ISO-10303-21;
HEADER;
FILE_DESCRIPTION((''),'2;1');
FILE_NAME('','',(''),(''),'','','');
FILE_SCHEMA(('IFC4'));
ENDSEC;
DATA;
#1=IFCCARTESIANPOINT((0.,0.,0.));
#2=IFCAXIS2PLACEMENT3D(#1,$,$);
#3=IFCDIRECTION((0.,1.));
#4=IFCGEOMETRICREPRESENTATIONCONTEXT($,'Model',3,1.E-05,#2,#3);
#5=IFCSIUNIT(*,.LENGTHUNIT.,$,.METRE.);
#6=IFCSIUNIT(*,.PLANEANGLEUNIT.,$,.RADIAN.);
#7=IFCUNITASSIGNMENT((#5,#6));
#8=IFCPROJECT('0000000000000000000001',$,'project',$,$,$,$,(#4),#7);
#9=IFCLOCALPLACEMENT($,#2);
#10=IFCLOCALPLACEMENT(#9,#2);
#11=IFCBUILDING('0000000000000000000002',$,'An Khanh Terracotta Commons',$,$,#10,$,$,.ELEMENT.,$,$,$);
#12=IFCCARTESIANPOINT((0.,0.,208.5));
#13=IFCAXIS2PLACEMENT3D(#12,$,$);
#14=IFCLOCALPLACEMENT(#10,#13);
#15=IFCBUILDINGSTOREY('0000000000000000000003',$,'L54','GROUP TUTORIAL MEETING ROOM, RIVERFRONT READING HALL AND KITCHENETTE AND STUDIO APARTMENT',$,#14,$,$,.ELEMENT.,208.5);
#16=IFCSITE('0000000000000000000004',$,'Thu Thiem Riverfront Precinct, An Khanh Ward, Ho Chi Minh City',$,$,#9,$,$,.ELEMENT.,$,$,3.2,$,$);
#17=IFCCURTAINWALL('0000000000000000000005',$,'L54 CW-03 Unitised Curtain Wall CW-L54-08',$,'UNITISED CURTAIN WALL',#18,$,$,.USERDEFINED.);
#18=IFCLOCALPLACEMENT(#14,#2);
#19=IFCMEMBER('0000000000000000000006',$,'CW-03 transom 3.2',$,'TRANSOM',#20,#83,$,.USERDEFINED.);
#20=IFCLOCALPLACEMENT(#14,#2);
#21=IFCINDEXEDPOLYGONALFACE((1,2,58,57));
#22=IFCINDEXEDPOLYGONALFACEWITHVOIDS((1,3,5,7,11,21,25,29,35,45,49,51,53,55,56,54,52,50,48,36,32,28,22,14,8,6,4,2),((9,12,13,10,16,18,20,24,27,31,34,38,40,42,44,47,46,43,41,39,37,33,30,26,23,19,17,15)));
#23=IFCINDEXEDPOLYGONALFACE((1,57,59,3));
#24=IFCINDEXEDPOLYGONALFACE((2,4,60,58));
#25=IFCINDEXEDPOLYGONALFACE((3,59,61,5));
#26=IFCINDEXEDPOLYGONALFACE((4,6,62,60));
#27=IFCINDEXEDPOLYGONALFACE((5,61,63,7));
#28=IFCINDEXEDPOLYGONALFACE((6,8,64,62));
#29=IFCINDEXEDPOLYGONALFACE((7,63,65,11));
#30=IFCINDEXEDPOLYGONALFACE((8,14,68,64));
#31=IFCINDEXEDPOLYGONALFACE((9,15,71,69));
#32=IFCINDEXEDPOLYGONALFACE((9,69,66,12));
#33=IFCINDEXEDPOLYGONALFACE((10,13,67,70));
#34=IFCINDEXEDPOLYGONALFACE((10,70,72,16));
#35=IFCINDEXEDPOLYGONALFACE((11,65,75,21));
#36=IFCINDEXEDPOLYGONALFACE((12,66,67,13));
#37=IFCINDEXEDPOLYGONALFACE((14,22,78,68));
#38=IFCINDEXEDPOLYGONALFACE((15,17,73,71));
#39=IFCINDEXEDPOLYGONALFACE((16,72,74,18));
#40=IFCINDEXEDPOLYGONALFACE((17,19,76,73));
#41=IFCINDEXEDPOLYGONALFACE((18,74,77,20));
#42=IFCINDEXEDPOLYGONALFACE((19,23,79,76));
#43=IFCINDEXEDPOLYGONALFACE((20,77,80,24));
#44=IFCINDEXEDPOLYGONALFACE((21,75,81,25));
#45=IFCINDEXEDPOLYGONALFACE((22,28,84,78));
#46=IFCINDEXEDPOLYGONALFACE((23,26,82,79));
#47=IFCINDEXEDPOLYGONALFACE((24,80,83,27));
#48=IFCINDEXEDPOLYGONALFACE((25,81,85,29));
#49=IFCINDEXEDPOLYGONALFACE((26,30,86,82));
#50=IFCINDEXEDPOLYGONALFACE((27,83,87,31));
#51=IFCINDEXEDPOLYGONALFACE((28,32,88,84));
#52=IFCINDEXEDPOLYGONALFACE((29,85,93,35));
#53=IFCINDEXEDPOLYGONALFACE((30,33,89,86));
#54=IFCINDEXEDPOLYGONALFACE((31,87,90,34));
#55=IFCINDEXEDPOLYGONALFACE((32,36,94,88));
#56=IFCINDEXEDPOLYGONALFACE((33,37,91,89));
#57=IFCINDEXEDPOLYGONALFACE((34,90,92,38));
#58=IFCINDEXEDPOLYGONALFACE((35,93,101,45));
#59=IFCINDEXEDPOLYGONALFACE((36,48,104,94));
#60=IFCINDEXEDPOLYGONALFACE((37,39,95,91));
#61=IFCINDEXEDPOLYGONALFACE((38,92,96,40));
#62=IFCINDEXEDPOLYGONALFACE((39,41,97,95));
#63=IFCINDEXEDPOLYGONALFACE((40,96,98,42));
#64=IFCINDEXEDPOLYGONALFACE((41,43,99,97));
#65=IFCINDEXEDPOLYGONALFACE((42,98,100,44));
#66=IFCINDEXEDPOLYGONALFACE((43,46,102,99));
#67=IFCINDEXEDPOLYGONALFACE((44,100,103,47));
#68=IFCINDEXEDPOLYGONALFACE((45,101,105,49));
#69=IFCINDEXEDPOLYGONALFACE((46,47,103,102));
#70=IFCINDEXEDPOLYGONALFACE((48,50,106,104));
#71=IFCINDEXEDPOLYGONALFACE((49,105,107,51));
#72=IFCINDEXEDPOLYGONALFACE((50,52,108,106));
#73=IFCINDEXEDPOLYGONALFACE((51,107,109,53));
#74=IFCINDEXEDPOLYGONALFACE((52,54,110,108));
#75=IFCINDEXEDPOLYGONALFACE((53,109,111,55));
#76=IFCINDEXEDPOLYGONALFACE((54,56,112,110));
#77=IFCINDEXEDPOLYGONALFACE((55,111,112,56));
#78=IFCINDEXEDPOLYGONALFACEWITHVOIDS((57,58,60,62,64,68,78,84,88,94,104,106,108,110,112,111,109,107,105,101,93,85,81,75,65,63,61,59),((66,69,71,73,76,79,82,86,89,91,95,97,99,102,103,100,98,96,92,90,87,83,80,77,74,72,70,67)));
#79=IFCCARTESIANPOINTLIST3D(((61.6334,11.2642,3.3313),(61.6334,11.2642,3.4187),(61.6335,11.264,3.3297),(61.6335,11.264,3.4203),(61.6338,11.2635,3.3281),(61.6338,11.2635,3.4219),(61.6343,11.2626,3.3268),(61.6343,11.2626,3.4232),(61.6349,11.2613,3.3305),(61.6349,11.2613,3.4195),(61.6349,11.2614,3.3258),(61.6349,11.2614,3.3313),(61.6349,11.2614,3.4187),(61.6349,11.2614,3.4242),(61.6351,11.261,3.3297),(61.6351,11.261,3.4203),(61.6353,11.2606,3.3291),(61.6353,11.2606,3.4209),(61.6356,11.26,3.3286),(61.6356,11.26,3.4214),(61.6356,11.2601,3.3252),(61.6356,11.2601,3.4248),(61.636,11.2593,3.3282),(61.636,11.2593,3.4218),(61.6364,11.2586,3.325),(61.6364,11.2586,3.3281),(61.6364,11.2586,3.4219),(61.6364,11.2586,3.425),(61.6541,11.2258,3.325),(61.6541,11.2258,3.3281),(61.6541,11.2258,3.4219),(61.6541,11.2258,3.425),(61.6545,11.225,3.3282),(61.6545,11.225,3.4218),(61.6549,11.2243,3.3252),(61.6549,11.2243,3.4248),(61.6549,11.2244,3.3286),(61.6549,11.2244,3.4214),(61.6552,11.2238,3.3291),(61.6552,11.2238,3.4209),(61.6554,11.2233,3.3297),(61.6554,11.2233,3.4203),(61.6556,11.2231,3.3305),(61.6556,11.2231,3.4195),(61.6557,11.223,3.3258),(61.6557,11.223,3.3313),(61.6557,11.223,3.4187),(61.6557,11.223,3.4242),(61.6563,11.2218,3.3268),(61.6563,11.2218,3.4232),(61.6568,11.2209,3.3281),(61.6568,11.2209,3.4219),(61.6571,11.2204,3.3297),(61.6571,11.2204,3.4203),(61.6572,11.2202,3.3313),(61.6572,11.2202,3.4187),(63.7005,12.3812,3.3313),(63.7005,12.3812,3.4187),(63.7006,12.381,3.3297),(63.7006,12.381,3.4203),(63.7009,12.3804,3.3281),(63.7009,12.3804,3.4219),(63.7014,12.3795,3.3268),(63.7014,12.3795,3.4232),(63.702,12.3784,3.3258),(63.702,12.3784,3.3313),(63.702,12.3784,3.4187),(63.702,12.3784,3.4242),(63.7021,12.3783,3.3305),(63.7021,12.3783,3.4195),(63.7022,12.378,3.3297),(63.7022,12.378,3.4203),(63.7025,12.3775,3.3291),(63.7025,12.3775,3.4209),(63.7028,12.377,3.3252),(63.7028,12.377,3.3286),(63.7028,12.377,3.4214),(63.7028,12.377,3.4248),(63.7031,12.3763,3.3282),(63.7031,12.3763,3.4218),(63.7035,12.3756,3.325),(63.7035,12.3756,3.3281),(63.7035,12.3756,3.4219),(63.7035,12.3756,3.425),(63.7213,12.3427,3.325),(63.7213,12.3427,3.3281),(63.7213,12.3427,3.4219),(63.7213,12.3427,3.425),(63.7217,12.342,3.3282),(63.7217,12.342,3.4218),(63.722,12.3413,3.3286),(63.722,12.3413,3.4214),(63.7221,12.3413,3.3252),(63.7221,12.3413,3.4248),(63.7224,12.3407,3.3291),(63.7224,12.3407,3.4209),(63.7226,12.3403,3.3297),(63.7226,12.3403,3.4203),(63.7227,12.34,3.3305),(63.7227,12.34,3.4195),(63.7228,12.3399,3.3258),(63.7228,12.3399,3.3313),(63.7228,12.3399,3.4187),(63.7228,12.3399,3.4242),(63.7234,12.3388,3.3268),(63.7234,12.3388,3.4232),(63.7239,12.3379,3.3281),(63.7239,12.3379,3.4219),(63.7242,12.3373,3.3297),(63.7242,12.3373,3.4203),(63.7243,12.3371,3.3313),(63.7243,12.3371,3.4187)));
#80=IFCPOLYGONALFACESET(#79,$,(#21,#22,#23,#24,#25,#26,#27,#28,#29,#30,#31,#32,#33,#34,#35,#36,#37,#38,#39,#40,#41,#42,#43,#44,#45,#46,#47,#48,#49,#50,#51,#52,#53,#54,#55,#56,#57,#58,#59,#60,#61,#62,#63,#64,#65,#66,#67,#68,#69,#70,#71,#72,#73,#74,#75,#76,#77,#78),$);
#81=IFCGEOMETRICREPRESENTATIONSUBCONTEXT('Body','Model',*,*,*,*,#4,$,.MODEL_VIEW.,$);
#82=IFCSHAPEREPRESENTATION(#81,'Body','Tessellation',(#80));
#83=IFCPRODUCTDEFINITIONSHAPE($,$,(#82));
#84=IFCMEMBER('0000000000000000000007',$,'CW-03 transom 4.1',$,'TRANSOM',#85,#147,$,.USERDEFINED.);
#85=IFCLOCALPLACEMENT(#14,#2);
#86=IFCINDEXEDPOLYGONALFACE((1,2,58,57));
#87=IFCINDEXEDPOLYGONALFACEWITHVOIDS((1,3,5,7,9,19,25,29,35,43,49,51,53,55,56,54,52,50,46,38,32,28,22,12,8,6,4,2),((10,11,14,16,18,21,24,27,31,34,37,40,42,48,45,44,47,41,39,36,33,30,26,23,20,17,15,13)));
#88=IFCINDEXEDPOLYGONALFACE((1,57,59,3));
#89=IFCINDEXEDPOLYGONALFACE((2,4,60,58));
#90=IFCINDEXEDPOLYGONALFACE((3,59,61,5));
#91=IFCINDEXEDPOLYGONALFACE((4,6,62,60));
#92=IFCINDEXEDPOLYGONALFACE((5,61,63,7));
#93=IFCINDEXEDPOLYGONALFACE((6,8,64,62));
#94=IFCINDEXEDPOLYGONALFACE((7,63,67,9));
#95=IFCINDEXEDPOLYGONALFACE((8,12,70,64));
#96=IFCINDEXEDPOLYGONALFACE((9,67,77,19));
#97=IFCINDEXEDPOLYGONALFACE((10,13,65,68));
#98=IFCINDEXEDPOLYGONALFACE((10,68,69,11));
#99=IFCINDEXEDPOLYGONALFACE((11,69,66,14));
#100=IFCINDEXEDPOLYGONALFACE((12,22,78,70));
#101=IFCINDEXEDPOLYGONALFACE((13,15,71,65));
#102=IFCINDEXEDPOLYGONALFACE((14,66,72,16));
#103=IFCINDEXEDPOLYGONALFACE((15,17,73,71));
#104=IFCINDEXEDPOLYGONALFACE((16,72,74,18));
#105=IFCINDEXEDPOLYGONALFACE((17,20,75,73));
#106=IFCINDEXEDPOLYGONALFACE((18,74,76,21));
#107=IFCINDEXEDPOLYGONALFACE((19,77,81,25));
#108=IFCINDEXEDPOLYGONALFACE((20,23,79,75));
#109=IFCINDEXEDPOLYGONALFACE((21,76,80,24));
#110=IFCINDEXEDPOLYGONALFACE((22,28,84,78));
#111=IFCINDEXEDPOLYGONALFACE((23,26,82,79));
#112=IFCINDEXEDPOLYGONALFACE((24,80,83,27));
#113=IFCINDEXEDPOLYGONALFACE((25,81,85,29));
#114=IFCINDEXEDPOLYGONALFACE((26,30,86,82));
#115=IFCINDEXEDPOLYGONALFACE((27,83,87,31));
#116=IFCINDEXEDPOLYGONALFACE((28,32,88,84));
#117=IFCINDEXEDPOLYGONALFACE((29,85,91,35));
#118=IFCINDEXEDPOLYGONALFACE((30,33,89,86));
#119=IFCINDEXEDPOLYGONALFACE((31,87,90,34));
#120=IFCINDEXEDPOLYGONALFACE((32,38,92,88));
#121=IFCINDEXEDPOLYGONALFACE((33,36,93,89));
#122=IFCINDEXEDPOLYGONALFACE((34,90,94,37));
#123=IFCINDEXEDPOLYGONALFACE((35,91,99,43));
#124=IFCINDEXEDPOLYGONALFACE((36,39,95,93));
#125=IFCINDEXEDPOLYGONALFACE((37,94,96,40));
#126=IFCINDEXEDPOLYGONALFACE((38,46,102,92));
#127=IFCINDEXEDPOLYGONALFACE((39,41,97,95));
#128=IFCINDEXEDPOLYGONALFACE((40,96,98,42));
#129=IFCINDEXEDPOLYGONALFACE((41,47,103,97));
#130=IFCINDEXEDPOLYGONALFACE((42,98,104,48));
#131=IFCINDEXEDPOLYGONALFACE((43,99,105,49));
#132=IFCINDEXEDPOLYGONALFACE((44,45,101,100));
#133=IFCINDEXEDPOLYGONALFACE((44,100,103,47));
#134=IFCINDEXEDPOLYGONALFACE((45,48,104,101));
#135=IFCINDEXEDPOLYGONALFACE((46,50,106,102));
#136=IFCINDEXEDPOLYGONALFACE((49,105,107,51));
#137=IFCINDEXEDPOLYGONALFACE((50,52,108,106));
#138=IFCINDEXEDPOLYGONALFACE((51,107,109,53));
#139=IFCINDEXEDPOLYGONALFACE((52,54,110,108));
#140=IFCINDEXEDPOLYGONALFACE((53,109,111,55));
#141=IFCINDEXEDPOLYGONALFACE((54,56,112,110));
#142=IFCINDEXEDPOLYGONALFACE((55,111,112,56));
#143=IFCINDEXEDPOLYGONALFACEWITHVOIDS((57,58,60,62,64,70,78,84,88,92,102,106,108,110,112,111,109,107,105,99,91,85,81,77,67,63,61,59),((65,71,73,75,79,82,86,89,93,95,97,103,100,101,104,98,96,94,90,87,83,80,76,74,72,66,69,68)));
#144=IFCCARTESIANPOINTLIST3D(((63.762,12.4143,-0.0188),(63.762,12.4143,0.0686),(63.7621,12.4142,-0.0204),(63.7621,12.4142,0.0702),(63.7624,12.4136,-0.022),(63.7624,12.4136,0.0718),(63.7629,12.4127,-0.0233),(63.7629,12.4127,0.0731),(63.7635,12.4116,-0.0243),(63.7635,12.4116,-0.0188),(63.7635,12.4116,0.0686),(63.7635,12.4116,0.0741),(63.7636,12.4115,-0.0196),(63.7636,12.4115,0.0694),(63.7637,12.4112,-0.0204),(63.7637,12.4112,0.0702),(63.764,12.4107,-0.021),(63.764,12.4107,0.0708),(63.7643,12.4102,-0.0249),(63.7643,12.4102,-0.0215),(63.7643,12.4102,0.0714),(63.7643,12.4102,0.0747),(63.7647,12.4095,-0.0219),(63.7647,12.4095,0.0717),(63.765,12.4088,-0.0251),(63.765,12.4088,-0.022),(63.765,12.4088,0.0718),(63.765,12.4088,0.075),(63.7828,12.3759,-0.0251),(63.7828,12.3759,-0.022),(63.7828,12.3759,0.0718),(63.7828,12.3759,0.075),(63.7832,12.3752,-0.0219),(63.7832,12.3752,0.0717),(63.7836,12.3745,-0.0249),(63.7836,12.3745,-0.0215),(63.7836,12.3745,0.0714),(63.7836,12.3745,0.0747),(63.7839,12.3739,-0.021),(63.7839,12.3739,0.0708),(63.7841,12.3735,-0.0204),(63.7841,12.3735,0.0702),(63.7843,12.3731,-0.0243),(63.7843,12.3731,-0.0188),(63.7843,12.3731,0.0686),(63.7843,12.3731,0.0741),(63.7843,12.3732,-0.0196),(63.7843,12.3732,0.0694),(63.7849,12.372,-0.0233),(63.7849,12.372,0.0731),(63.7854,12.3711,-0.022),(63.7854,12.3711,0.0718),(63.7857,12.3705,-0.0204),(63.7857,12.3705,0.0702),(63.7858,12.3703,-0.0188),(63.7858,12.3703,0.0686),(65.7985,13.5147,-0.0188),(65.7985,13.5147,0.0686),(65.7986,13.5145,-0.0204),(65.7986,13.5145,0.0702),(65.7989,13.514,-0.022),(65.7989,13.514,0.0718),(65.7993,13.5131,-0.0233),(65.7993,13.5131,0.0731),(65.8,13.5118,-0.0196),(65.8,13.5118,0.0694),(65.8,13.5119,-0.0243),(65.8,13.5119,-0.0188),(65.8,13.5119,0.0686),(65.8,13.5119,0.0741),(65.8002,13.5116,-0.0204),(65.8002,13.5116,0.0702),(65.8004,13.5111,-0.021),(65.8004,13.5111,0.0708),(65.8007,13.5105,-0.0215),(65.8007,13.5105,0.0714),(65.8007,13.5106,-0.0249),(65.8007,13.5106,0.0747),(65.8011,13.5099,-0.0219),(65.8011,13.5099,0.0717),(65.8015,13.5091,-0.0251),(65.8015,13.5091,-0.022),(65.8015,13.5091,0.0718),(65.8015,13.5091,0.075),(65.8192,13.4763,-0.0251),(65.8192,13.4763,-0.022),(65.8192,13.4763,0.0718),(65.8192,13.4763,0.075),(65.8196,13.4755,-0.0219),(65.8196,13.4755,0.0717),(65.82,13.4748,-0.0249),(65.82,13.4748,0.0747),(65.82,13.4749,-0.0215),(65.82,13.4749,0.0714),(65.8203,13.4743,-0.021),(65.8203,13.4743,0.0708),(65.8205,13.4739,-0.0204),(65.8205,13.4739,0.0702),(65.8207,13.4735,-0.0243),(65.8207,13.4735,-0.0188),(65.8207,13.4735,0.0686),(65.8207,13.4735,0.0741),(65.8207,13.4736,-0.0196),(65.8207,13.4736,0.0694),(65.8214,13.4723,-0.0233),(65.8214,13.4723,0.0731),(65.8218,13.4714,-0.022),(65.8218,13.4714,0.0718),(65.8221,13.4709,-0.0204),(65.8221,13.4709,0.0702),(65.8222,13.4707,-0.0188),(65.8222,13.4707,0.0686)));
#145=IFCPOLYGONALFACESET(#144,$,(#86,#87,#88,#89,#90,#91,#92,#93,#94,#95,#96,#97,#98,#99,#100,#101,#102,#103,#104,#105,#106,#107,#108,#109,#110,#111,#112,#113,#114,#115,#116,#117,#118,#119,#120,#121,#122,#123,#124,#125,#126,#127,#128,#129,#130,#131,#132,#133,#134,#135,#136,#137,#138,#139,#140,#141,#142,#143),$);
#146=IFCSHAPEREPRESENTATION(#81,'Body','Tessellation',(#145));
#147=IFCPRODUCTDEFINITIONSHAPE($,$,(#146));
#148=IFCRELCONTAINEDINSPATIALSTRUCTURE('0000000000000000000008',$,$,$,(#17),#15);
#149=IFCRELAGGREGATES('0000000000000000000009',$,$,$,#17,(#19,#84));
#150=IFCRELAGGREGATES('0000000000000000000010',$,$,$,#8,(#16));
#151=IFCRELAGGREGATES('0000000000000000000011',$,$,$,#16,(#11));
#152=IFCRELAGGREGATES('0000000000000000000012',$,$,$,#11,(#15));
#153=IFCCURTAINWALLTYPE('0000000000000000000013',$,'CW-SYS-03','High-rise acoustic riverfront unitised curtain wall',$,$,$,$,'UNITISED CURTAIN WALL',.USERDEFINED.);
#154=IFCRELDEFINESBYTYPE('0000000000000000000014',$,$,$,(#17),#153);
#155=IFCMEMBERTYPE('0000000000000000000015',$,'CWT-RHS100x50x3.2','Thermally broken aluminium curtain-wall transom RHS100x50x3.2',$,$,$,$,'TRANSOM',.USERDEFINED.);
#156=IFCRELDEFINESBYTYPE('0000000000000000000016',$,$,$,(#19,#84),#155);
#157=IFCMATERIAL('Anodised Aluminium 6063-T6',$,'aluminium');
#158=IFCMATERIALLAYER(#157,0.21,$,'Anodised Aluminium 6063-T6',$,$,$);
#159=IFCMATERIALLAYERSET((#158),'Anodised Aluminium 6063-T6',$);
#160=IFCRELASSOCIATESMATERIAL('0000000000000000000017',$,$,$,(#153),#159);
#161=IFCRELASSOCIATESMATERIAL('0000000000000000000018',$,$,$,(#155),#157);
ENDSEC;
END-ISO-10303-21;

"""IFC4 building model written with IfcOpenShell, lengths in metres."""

from ifc_helpers import new_model, si_unit, direction, frame, origin, origin_2d, place, context, subcontext, project, spatial, hollow_rectangle, extrude, material, layer, layer_set, material_profile, profile_set, type_object, element, aggregate, save


model = new_model("IFC4")

# Units and contexts
model_context = context("Model", 3, precision=1e-05, world=origin(), true_north=direction((0.0, 1.0)))
body_context = subcontext(model_context, "Body", "Model", "MODEL_VIEW")
ifc_project = project(units=[si_unit("LENGTHUNIT", "METRE"), si_unit("PLANEANGLEUNIT", "RADIAN")], contexts=[model_context])

# Site, building, storey
site_placement = place(None, origin())
site = spatial("IfcSite", under=ifc_project, at=site_placement, Name="Thu Thiem Riverfront Precinct, An Khanh Ward, Ho Chi Minh City", CompositionType="ELEMENT", RefElevation=3.2)
building_placement = place(site_placement, origin())
building = spatial("IfcBuilding", under=site, at=building_placement, Name="An Khanh Terracotta Commons", CompositionType="ELEMENT")
storey_placement = place(building_placement, frame((0.0, 0.0, 208.5)))
storey = spatial("IfcBuildingStorey", under=building, at=storey_placement, Name="L54", Description="GROUP TUTORIAL MEETING ROOM, RIVERFRONT READING HALL AND KITCHENETTE AND STUDIO APARTMENT", CompositionType="ELEMENT", Elevation=208.5)

# Shared definitions
ifc_material_1 = material(Name="Anodised Aluminium 6063-T6", Category="aluminium")

# Curtain wall, members
ifc_layer_1 = layer(ifc_material_1, 0.21, Name="Anodised Aluminium 6063-T6")
ifc_layer_set_1 = layer_set([ifc_layer_1], Name="Anodised Aluminium 6063-T6")
curtain_wall_type_1 = type_object("IfcCurtainWallType", Name="CW-SYS-03", Description="High-rise acoustic riverfront unitised curtain wall", ElementType="UNITISED CURTAIN WALL", PredefinedType="USERDEFINED", material=ifc_layer_set_1)
curtain_wall_1_placement = place(storey_placement, origin())
curtain_wall_1 = element("IfcCurtainWall", 1, at=curtain_wall_1_placement, inside=storey, type_object=curtain_wall_type_1, Name="L54 CW-03 Unitised Curtain Wall CW-L54-08", ObjectType="UNITISED CURTAIN WALL", PredefinedType="USERDEFINED")
ifc_material_profile_1 = material_profile(ifc_material_1, hollow_rectangle(XDim=0.05, YDim=0.1001, WallThickness=0.0032, InnerFilletRadius=0.0032, OuterFilletRadius=0.0063, at=origin_2d()), Name="RHS100x50x3.2")
ifc_profile_set_1 = profile_set([ifc_material_profile_1], Name="Anodised Aluminium 6063-T6")
member_type_1 = type_object("IfcMemberType", Name="CWT-RHS100x50x3.2", Description="Thermally broken aluminium curtain-wall transom RHS100x50x3.2", ElementType="TRANSOM", PredefinedType="USERDEFINED", material=ifc_profile_set_1)
member_1_placement = place(storey_placement, frame((61.6453, 11.2422, 3.375), z_axis=(0.879783, 0.475376, 0.0), x_axis=(-0.475376, 0.879783, 0.0)))
member_1 = element("IfcMember", 2, at=member_1_placement, type_object=member_type_1, Name="CW-03 transom 3.2", ObjectType="TRANSOM", PredefinedType="USERDEFINED", context=body_context, shape_type="SweptSolid", body=[
    extrude(hollow_rectangle(XDim=0.05, YDim=0.1001, WallThickness=0.0032, InnerFilletRadius=0.0032, OuterFilletRadius=0.0063, at=origin_2d()), origin(), (0.0, 0.0, 1.0), 2.3496),
])
member_2_placement = place(storey_placement, frame((63.7739, 12.3923, 0.0249), z_axis=(0.879779, 0.475382, 0.0), x_axis=(-0.475382, 0.879779, 0.0)))
member_2 = element("IfcMember", 3, at=member_2_placement, type_object=member_type_1, Name="CW-03 transom 4.1", ObjectType="TRANSOM", PredefinedType="USERDEFINED", context=body_context, shape_type="SweptSolid", body=[
    extrude(hollow_rectangle(XDim=0.05, YDim=0.1001, WallThickness=0.0032, InnerFilletRadius=0.0032, OuterFilletRadius=0.0063, at=origin_2d()), origin(), (0.0, 0.0, 1.0), 2.3147),
])

aggregate(curtain_wall_1, [member_1, member_2])

save(model, "model.ifc")
